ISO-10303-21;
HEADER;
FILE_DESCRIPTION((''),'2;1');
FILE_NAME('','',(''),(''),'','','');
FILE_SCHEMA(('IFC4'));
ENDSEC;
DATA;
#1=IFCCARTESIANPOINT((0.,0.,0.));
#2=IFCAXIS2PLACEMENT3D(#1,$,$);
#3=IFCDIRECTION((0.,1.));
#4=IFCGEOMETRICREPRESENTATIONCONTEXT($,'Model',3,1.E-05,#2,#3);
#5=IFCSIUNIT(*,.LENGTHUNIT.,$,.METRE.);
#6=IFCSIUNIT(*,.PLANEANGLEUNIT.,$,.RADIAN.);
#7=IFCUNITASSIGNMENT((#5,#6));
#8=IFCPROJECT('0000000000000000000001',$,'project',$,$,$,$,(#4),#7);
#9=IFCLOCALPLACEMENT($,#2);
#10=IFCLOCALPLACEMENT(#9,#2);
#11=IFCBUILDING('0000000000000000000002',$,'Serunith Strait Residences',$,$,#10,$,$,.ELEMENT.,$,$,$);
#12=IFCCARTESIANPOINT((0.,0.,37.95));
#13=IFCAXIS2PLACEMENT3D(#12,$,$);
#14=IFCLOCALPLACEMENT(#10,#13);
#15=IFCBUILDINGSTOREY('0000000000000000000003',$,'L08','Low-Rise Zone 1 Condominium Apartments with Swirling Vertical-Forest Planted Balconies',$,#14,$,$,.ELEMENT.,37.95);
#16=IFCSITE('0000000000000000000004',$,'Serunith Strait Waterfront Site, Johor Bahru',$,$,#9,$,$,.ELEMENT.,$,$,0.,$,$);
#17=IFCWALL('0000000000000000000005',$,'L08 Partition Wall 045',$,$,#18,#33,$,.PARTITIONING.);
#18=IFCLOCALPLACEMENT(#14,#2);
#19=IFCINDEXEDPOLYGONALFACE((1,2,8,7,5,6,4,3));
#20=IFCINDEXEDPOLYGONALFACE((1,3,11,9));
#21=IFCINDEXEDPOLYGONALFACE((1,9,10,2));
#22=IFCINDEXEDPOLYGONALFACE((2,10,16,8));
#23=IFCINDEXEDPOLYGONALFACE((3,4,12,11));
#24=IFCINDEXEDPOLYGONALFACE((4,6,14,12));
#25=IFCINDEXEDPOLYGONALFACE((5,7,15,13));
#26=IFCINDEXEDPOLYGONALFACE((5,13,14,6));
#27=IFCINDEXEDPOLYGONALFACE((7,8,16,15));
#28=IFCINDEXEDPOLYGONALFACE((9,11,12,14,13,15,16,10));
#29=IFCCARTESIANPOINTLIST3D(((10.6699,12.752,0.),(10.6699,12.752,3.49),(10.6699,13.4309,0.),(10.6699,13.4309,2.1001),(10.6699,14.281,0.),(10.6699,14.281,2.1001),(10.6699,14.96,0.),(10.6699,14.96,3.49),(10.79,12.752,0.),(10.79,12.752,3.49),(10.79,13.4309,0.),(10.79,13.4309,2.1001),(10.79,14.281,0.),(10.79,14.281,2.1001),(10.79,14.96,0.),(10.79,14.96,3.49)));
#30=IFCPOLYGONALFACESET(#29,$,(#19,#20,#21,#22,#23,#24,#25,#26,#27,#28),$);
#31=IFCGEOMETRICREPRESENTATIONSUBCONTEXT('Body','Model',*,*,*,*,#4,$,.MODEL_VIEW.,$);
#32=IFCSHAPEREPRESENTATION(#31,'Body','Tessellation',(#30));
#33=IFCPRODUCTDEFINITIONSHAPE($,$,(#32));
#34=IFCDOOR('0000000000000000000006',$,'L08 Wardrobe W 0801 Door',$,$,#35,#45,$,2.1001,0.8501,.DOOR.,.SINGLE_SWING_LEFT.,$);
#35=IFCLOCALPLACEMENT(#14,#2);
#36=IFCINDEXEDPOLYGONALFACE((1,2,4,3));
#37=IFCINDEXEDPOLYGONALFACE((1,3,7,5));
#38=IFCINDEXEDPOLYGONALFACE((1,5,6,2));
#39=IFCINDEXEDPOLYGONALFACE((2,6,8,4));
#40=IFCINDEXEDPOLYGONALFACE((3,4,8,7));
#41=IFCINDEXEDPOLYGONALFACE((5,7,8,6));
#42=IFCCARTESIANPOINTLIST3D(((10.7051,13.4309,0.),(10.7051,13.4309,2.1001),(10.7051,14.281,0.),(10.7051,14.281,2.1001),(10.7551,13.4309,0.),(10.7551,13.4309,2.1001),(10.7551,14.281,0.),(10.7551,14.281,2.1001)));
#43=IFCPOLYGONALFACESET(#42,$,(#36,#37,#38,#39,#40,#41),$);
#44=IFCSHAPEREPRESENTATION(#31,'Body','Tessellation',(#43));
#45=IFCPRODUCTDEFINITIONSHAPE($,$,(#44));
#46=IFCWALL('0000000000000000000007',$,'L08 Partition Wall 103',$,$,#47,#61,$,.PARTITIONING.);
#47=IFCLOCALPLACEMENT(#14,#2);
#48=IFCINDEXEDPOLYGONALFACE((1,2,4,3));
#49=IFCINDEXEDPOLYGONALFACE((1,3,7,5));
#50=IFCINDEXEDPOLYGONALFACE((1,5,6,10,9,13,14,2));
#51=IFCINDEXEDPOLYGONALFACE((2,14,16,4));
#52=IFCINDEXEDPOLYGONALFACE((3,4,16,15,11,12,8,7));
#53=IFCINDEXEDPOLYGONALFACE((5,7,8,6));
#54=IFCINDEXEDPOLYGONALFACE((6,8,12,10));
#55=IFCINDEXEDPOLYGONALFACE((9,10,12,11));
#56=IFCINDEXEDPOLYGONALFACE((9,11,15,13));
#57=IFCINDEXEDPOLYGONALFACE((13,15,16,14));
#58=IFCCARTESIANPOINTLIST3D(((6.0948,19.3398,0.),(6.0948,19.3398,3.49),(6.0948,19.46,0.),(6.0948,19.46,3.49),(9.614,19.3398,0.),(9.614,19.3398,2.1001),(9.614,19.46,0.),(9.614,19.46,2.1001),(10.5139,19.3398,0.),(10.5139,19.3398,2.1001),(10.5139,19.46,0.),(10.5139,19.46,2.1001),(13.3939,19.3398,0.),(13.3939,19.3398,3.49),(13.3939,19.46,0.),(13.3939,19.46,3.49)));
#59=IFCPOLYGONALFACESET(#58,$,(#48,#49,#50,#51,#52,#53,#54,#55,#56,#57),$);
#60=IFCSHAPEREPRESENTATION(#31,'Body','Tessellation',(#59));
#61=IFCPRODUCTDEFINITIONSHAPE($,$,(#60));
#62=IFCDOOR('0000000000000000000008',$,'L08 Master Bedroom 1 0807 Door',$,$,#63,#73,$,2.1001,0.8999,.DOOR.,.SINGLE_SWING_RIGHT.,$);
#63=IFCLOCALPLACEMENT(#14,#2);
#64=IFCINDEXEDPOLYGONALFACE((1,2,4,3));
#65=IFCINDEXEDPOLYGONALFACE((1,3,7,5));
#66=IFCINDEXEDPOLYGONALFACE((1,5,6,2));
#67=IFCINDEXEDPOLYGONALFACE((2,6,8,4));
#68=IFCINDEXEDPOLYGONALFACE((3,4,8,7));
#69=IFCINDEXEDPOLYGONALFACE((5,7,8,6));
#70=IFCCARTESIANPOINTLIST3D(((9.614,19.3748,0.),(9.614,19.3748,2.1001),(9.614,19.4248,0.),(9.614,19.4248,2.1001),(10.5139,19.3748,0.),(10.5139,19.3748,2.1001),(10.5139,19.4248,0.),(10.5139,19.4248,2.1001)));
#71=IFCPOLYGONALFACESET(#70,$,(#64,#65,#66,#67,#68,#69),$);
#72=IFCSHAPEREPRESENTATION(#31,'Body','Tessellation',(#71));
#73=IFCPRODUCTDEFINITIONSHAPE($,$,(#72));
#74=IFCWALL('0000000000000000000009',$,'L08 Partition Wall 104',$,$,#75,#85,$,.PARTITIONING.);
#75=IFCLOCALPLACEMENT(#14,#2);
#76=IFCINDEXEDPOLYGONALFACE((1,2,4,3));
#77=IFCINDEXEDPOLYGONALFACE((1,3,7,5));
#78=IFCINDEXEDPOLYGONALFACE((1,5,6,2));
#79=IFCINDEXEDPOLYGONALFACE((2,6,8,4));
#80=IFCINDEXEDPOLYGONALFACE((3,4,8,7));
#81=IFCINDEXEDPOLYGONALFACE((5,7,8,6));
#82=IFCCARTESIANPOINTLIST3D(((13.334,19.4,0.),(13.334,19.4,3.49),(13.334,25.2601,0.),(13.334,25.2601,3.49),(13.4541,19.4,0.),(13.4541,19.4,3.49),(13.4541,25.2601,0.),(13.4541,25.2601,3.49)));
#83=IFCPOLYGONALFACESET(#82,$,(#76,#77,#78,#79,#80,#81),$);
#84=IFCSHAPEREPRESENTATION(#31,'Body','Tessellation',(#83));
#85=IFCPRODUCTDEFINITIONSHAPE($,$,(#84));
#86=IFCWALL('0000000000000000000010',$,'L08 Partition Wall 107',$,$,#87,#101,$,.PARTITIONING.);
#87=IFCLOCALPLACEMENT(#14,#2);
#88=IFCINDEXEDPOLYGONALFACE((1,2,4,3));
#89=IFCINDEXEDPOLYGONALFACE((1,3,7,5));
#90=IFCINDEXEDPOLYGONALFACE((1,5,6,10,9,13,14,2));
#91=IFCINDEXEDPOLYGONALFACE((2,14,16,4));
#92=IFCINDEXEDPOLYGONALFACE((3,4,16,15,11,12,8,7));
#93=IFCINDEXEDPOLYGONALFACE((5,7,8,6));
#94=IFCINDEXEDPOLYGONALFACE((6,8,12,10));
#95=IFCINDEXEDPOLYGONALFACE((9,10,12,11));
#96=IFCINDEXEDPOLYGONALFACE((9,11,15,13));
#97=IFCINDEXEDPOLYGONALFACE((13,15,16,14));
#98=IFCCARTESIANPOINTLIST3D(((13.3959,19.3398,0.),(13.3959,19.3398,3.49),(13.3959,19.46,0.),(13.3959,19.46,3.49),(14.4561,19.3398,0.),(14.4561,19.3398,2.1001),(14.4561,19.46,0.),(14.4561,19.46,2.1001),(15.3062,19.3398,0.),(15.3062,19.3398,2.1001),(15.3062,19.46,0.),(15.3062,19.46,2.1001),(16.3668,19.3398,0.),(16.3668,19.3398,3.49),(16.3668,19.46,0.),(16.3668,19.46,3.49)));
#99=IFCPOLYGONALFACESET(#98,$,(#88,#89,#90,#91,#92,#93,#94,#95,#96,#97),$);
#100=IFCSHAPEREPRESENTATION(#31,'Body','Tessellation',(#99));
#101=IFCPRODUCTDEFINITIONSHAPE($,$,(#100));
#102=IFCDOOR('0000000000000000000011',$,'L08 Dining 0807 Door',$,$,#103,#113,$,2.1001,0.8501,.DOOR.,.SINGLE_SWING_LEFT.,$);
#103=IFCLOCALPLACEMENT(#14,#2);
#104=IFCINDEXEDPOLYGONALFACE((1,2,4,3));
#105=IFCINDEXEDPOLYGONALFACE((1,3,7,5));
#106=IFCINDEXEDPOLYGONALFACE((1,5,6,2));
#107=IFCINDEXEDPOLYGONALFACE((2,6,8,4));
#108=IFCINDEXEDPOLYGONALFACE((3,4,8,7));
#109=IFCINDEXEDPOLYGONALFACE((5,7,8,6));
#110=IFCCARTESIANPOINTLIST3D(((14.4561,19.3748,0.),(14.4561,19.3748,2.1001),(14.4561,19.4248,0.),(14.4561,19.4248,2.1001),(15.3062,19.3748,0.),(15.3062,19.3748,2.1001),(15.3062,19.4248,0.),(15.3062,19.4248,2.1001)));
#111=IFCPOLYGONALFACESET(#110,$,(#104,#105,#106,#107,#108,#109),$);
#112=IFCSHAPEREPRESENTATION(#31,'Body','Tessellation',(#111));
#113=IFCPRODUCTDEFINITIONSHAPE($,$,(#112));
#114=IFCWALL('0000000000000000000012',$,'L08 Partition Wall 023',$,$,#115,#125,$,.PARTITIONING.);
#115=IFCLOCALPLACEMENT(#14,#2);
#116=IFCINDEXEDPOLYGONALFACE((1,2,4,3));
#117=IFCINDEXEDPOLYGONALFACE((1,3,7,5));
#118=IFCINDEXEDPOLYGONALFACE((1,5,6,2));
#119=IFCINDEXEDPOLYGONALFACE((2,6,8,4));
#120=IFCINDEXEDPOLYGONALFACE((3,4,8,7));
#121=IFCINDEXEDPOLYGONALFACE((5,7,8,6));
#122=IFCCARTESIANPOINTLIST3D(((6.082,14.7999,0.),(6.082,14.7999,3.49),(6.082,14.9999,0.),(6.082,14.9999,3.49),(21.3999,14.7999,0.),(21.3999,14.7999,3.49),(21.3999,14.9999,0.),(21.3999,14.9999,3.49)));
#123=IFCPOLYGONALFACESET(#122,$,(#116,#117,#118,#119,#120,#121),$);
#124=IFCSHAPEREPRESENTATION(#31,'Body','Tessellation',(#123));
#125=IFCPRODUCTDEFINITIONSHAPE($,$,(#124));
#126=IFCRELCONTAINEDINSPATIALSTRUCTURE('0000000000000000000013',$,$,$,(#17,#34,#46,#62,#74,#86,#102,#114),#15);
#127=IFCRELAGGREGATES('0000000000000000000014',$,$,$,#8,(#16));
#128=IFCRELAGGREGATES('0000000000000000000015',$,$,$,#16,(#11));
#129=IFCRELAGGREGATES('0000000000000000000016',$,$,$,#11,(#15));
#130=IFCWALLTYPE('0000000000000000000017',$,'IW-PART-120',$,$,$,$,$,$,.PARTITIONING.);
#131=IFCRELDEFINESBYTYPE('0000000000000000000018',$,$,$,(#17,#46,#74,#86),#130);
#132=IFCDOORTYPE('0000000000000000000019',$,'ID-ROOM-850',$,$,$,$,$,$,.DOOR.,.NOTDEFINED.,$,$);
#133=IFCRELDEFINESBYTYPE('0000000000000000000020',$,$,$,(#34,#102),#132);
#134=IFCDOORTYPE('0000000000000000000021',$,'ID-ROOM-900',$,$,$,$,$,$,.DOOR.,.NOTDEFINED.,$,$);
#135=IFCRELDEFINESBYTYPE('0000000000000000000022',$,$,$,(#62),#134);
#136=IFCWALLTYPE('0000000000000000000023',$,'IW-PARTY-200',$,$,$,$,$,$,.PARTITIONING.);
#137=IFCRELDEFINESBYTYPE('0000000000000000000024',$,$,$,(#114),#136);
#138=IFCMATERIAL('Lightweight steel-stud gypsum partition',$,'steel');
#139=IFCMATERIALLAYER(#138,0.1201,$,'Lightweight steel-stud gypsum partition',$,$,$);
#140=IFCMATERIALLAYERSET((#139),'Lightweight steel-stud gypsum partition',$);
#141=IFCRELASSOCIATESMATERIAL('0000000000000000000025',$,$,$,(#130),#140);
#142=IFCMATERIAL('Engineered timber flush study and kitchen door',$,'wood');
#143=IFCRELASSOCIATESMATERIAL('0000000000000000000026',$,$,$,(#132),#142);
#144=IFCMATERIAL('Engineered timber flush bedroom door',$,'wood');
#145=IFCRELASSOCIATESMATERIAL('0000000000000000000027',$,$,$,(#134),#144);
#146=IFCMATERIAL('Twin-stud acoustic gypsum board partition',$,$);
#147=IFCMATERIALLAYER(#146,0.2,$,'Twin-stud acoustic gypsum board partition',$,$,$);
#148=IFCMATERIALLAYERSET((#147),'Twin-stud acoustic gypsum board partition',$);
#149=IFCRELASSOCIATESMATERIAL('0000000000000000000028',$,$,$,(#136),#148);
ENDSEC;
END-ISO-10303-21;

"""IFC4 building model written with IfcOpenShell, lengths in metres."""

from ifc_helpers import new_model, si_unit, direction, frame, frame_2d, origin, place, context, subcontext, project, spatial, rectangle, extrude, source, transform, mapped, material, layer, layer_set, type_object, element, fill, save


model = new_model("IFC4")

# Units and contexts
model_context = context("Model", 3, precision=1e-05, world=origin(), true_north=direction((0.0, 1.0)))
body_context = subcontext(model_context, "Body", "Model", "MODEL_VIEW")
ifc_project = project(units=[si_unit("LENGTHUNIT", "METRE"), si_unit("PLANEANGLEUNIT", "RADIAN")], contexts=[model_context])

# Site, building, storey
site_placement = place(None, origin())
site = spatial("IfcSite", under=ifc_project, at=site_placement, Name="Serunith Strait Waterfront Site, Johor Bahru", CompositionType="ELEMENT", RefElevation=0.0)
building_placement = place(site_placement, origin())
building = spatial("IfcBuilding", under=site, at=building_placement, Name="Serunith Strait Residences", CompositionType="ELEMENT")
storey_placement = place(building_placement, frame((0.0, 0.0, 37.95)))
storey = spatial("IfcBuildingStorey", under=building, at=storey_placement, Name="L08", Description="Low-Rise Zone 1 Condominium Apartments with Swirling Vertical-Forest Planted Balconies", CompositionType="ELEMENT", Elevation=37.95)

# Shared definitions
ifc_material_1 = material(Name="Lightweight steel-stud gypsum partition", Category="steel")
ifc_layer_1 = layer(ifc_material_1, 0.1201, Name="Lightweight steel-stud gypsum partition")
ifc_layer_set_1 = layer_set([ifc_layer_1], Name="Lightweight steel-stud gypsum partition")
wall_type_1 = type_object("IfcWallType", Name="IW-PART-120", PredefinedType="PARTITIONING", material=ifc_layer_set_1)
shared_shape_1 = source(origin(), body_context, "Body", "SweptSolid", [
    extrude(rectangle(XDim=0.8501, YDim=2.1001, at=frame_2d((0.425, 1.05))), frame((0.0, 0.0249, 0.0), z_axis=(0.0, -1.0, 0.0), x_axis=(1.0, 0.0, 0.0)), (0.0, 0.0, 1.0), 0.05),
])
ifc_material_2 = material(Name="Engineered timber flush study and kitchen door", Category="wood")
door_type_1 = type_object("IfcDoorType", Name="ID-ROOM-850", OperationType="NOTDEFINED", PredefinedType="DOOR", material=ifc_material_2)
ifc_material_3 = material(Name="Engineered timber flush bedroom door", Category="wood")
door_type_2 = type_object("IfcDoorType", Name="ID-ROOM-900", OperationType="NOTDEFINED", PredefinedType="DOOR", material=ifc_material_3)
shared_shape_2 = source(origin(), body_context, "Body", "SweptSolid", [
    extrude(rectangle(XDim=0.8999, YDim=2.1001, at=frame_2d((0.45, 1.05))), frame((0.0, 0.0249, 0.0), z_axis=(0.0, -1.0, 0.0), x_axis=(1.0, 0.0, 0.0)), (0.0, 0.0, 1.0), 0.05),
])

# Walls, openings, doors
wall_1_placement = place(storey_placement, frame((10.73, 12.752, 0.0), z_axis=(0.0, 0.0, 1.0), x_axis=(0.0, 1.0, 0.0)))
wall_1 = element("IfcWall", 1, at=wall_1_placement, inside=storey, type_object=wall_type_1, Name="L08 Partition Wall 045", PredefinedType="PARTITIONING", context=body_context, shape_type="SweptSolid", body=[
    extrude(rectangle(XDim=2.208, YDim=0.1201, at=frame_2d((1.104, 0.0))), origin(), (0.0, 0.0, 1.0), 3.49),
])
opening_1_placement = place(wall_1_placement, frame((0.679, 0.0, 0.0)))
opening_1 = element("IfcOpeningElement", 2, at=opening_1_placement, cuts=wall_1, PredefinedType="OPENING", context=body_context, shape_type="SweptSolid", body=[
    extrude(rectangle(XDim=0.8501, YDim=2.1001, at=frame_2d((0.425, 1.05))), frame((0.0, 0.0701, 0.0), z_axis=(0.0, -1.0, 0.0), x_axis=(1.0, 0.0, 0.0)), (0.0, 0.0, 1.0), 0.1401),
])
door_1_placement = place(opening_1_placement, origin())
door_1 = element("IfcDoor", 3, at=door_1_placement, inside=storey, type_object=door_type_1, Name="L08 Wardrobe W 0801 Door", OperationType="SINGLE_SWING_LEFT", OverallHeight=2.1001, OverallWidth=0.8501, PredefinedType="DOOR", context=body_context, shape_type="MappedRepresentation", body=[
    mapped(shared_shape_1, transform((0.0, 0.0, 0.0), scale=1.0)),
])
fill(opening_1, door_1)
wall_2_placement = place(storey_placement, frame((6.095, 19.3999, 0.0), z_axis=(0.0, 0.0, 1.0), x_axis=(1.0, 0.0, 0.0)))
wall_2 = element("IfcWall", 4, at=wall_2_placement, inside=storey, type_object=wall_type_1, Name="L08 Partition Wall 103", PredefinedType="PARTITIONING", context=body_context, shape_type="SweptSolid", body=[
    extrude(rectangle(XDim=7.2991, YDim=0.1201, at=frame_2d((3.6494, 0.0))), origin(), (0.0, 0.0, 1.0), 3.49),
])
opening_2_placement = place(wall_2_placement, frame((3.519, 0.0, 0.0)))
opening_2 = element("IfcOpeningElement", 5, at=opening_2_placement, cuts=wall_2, PredefinedType="OPENING", context=body_context, shape_type="SweptSolid", body=[
    extrude(rectangle(XDim=0.8999, YDim=2.1001, at=frame_2d((0.45, 1.05))), frame((0.0, 0.0701, 0.0), z_axis=(0.0, -1.0, 0.0), x_axis=(1.0, 0.0, 0.0)), (0.0, 0.0, 1.0), 0.1401),
])
door_2_placement = place(opening_2_placement, origin())
door_2 = element("IfcDoor", 6, at=door_2_placement, inside=storey, type_object=door_type_2, Name="L08 Master Bedroom 1 0807 Door", OperationType="SINGLE_SWING_RIGHT", OverallHeight=2.1001, OverallWidth=0.8999, PredefinedType="DOOR", context=body_context, shape_type="MappedRepresentation", body=[
    mapped(shared_shape_2, transform((0.0, 0.0, 0.0), scale=1.0)),
])
fill(opening_2, door_2)

# Wall
wall_3_placement = place(storey_placement, frame((13.394, 19.3999, 0.0), z_axis=(0.0, 0.0, 1.0), x_axis=(0.0, 1.0, 0.0)))
element("IfcWall", 7, at=wall_3_placement, inside=storey, type_object=wall_type_1, Name="L08 Partition Wall 104", PredefinedType="PARTITIONING", context=body_context, shape_type="SweptSolid", body=[
    extrude(rectangle(XDim=5.8601, YDim=0.1201, at=frame_2d((2.9302, 0.0))), origin(), (0.0, 0.0, 1.0), 3.49),
])

# Wall, opening, door
wall_4_placement = place(storey_placement, frame((13.396, 19.3999, 0.0), z_axis=(0.0, 0.0, 1.0), x_axis=(1.0, 0.0, 0.0)))
wall_4 = element("IfcWall", 8, at=wall_4_placement, inside=storey, type_object=wall_type_1, Name="L08 Partition Wall 107", PredefinedType="PARTITIONING", context=body_context, shape_type="SweptSolid", body=[
    extrude(rectangle(XDim=2.9709, YDim=0.1201, at=frame_2d((1.4854, 0.0))), origin(), (0.0, 0.0, 1.0), 3.49),
])
opening_3_placement = place(wall_4_placement, frame((1.0601, 0.0, 0.0)))
opening_3 = element("IfcOpeningElement", 9, at=opening_3_placement, cuts=wall_4, PredefinedType="OPENING", context=body_context, shape_type="SweptSolid", body=[
    extrude(rectangle(XDim=0.8501, YDim=2.1001, at=frame_2d((0.425, 1.05))), frame((0.0, 0.0701, 0.0), z_axis=(0.0, -1.0, 0.0), x_axis=(1.0, 0.0, 0.0)), (0.0, 0.0, 1.0), 0.1401),
])
door_3_placement = place(opening_3_placement, origin())
door_3 = element("IfcDoor", 10, at=door_3_placement, inside=storey, type_object=door_type_1, Name="L08 Dining 0807 Door", OperationType="SINGLE_SWING_LEFT", OverallHeight=2.1001, OverallWidth=0.8501, PredefinedType="DOOR", context=body_context, shape_type="MappedRepresentation", body=[
    mapped(shared_shape_1, transform((0.0, 0.0, 0.0), scale=1.0)),
])
fill(opening_3, door_3)

# Wall
ifc_material_4 = material(Name="Twin-stud acoustic gypsum board partition")
ifc_layer_2 = layer(ifc_material_4, 0.2, Name="Twin-stud acoustic gypsum board partition")
ifc_layer_set_2 = layer_set([ifc_layer_2], Name="Twin-stud acoustic gypsum board partition")
wall_type_2 = type_object("IfcWallType", Name="IW-PARTY-200", PredefinedType="PARTITIONING", material=ifc_layer_set_2)
wall_5_placement = place(storey_placement, frame((6.082, 14.8999, 0.0), z_axis=(0.0, 0.0, 1.0), x_axis=(1.0, 0.0, 0.0)))
element("IfcWall", 11, at=wall_5_placement, inside=storey, type_object=wall_type_2, Name="L08 Partition Wall 023", PredefinedType="PARTITIONING", context=body_context, shape_type="SweptSolid", body=[
    extrude(rectangle(XDim=15.3179, YDim=0.2, at=frame_2d((7.6589, 0.0))), origin(), (0.0, 0.0, 1.0), 3.49),
])

save(model, "model.ifc")
